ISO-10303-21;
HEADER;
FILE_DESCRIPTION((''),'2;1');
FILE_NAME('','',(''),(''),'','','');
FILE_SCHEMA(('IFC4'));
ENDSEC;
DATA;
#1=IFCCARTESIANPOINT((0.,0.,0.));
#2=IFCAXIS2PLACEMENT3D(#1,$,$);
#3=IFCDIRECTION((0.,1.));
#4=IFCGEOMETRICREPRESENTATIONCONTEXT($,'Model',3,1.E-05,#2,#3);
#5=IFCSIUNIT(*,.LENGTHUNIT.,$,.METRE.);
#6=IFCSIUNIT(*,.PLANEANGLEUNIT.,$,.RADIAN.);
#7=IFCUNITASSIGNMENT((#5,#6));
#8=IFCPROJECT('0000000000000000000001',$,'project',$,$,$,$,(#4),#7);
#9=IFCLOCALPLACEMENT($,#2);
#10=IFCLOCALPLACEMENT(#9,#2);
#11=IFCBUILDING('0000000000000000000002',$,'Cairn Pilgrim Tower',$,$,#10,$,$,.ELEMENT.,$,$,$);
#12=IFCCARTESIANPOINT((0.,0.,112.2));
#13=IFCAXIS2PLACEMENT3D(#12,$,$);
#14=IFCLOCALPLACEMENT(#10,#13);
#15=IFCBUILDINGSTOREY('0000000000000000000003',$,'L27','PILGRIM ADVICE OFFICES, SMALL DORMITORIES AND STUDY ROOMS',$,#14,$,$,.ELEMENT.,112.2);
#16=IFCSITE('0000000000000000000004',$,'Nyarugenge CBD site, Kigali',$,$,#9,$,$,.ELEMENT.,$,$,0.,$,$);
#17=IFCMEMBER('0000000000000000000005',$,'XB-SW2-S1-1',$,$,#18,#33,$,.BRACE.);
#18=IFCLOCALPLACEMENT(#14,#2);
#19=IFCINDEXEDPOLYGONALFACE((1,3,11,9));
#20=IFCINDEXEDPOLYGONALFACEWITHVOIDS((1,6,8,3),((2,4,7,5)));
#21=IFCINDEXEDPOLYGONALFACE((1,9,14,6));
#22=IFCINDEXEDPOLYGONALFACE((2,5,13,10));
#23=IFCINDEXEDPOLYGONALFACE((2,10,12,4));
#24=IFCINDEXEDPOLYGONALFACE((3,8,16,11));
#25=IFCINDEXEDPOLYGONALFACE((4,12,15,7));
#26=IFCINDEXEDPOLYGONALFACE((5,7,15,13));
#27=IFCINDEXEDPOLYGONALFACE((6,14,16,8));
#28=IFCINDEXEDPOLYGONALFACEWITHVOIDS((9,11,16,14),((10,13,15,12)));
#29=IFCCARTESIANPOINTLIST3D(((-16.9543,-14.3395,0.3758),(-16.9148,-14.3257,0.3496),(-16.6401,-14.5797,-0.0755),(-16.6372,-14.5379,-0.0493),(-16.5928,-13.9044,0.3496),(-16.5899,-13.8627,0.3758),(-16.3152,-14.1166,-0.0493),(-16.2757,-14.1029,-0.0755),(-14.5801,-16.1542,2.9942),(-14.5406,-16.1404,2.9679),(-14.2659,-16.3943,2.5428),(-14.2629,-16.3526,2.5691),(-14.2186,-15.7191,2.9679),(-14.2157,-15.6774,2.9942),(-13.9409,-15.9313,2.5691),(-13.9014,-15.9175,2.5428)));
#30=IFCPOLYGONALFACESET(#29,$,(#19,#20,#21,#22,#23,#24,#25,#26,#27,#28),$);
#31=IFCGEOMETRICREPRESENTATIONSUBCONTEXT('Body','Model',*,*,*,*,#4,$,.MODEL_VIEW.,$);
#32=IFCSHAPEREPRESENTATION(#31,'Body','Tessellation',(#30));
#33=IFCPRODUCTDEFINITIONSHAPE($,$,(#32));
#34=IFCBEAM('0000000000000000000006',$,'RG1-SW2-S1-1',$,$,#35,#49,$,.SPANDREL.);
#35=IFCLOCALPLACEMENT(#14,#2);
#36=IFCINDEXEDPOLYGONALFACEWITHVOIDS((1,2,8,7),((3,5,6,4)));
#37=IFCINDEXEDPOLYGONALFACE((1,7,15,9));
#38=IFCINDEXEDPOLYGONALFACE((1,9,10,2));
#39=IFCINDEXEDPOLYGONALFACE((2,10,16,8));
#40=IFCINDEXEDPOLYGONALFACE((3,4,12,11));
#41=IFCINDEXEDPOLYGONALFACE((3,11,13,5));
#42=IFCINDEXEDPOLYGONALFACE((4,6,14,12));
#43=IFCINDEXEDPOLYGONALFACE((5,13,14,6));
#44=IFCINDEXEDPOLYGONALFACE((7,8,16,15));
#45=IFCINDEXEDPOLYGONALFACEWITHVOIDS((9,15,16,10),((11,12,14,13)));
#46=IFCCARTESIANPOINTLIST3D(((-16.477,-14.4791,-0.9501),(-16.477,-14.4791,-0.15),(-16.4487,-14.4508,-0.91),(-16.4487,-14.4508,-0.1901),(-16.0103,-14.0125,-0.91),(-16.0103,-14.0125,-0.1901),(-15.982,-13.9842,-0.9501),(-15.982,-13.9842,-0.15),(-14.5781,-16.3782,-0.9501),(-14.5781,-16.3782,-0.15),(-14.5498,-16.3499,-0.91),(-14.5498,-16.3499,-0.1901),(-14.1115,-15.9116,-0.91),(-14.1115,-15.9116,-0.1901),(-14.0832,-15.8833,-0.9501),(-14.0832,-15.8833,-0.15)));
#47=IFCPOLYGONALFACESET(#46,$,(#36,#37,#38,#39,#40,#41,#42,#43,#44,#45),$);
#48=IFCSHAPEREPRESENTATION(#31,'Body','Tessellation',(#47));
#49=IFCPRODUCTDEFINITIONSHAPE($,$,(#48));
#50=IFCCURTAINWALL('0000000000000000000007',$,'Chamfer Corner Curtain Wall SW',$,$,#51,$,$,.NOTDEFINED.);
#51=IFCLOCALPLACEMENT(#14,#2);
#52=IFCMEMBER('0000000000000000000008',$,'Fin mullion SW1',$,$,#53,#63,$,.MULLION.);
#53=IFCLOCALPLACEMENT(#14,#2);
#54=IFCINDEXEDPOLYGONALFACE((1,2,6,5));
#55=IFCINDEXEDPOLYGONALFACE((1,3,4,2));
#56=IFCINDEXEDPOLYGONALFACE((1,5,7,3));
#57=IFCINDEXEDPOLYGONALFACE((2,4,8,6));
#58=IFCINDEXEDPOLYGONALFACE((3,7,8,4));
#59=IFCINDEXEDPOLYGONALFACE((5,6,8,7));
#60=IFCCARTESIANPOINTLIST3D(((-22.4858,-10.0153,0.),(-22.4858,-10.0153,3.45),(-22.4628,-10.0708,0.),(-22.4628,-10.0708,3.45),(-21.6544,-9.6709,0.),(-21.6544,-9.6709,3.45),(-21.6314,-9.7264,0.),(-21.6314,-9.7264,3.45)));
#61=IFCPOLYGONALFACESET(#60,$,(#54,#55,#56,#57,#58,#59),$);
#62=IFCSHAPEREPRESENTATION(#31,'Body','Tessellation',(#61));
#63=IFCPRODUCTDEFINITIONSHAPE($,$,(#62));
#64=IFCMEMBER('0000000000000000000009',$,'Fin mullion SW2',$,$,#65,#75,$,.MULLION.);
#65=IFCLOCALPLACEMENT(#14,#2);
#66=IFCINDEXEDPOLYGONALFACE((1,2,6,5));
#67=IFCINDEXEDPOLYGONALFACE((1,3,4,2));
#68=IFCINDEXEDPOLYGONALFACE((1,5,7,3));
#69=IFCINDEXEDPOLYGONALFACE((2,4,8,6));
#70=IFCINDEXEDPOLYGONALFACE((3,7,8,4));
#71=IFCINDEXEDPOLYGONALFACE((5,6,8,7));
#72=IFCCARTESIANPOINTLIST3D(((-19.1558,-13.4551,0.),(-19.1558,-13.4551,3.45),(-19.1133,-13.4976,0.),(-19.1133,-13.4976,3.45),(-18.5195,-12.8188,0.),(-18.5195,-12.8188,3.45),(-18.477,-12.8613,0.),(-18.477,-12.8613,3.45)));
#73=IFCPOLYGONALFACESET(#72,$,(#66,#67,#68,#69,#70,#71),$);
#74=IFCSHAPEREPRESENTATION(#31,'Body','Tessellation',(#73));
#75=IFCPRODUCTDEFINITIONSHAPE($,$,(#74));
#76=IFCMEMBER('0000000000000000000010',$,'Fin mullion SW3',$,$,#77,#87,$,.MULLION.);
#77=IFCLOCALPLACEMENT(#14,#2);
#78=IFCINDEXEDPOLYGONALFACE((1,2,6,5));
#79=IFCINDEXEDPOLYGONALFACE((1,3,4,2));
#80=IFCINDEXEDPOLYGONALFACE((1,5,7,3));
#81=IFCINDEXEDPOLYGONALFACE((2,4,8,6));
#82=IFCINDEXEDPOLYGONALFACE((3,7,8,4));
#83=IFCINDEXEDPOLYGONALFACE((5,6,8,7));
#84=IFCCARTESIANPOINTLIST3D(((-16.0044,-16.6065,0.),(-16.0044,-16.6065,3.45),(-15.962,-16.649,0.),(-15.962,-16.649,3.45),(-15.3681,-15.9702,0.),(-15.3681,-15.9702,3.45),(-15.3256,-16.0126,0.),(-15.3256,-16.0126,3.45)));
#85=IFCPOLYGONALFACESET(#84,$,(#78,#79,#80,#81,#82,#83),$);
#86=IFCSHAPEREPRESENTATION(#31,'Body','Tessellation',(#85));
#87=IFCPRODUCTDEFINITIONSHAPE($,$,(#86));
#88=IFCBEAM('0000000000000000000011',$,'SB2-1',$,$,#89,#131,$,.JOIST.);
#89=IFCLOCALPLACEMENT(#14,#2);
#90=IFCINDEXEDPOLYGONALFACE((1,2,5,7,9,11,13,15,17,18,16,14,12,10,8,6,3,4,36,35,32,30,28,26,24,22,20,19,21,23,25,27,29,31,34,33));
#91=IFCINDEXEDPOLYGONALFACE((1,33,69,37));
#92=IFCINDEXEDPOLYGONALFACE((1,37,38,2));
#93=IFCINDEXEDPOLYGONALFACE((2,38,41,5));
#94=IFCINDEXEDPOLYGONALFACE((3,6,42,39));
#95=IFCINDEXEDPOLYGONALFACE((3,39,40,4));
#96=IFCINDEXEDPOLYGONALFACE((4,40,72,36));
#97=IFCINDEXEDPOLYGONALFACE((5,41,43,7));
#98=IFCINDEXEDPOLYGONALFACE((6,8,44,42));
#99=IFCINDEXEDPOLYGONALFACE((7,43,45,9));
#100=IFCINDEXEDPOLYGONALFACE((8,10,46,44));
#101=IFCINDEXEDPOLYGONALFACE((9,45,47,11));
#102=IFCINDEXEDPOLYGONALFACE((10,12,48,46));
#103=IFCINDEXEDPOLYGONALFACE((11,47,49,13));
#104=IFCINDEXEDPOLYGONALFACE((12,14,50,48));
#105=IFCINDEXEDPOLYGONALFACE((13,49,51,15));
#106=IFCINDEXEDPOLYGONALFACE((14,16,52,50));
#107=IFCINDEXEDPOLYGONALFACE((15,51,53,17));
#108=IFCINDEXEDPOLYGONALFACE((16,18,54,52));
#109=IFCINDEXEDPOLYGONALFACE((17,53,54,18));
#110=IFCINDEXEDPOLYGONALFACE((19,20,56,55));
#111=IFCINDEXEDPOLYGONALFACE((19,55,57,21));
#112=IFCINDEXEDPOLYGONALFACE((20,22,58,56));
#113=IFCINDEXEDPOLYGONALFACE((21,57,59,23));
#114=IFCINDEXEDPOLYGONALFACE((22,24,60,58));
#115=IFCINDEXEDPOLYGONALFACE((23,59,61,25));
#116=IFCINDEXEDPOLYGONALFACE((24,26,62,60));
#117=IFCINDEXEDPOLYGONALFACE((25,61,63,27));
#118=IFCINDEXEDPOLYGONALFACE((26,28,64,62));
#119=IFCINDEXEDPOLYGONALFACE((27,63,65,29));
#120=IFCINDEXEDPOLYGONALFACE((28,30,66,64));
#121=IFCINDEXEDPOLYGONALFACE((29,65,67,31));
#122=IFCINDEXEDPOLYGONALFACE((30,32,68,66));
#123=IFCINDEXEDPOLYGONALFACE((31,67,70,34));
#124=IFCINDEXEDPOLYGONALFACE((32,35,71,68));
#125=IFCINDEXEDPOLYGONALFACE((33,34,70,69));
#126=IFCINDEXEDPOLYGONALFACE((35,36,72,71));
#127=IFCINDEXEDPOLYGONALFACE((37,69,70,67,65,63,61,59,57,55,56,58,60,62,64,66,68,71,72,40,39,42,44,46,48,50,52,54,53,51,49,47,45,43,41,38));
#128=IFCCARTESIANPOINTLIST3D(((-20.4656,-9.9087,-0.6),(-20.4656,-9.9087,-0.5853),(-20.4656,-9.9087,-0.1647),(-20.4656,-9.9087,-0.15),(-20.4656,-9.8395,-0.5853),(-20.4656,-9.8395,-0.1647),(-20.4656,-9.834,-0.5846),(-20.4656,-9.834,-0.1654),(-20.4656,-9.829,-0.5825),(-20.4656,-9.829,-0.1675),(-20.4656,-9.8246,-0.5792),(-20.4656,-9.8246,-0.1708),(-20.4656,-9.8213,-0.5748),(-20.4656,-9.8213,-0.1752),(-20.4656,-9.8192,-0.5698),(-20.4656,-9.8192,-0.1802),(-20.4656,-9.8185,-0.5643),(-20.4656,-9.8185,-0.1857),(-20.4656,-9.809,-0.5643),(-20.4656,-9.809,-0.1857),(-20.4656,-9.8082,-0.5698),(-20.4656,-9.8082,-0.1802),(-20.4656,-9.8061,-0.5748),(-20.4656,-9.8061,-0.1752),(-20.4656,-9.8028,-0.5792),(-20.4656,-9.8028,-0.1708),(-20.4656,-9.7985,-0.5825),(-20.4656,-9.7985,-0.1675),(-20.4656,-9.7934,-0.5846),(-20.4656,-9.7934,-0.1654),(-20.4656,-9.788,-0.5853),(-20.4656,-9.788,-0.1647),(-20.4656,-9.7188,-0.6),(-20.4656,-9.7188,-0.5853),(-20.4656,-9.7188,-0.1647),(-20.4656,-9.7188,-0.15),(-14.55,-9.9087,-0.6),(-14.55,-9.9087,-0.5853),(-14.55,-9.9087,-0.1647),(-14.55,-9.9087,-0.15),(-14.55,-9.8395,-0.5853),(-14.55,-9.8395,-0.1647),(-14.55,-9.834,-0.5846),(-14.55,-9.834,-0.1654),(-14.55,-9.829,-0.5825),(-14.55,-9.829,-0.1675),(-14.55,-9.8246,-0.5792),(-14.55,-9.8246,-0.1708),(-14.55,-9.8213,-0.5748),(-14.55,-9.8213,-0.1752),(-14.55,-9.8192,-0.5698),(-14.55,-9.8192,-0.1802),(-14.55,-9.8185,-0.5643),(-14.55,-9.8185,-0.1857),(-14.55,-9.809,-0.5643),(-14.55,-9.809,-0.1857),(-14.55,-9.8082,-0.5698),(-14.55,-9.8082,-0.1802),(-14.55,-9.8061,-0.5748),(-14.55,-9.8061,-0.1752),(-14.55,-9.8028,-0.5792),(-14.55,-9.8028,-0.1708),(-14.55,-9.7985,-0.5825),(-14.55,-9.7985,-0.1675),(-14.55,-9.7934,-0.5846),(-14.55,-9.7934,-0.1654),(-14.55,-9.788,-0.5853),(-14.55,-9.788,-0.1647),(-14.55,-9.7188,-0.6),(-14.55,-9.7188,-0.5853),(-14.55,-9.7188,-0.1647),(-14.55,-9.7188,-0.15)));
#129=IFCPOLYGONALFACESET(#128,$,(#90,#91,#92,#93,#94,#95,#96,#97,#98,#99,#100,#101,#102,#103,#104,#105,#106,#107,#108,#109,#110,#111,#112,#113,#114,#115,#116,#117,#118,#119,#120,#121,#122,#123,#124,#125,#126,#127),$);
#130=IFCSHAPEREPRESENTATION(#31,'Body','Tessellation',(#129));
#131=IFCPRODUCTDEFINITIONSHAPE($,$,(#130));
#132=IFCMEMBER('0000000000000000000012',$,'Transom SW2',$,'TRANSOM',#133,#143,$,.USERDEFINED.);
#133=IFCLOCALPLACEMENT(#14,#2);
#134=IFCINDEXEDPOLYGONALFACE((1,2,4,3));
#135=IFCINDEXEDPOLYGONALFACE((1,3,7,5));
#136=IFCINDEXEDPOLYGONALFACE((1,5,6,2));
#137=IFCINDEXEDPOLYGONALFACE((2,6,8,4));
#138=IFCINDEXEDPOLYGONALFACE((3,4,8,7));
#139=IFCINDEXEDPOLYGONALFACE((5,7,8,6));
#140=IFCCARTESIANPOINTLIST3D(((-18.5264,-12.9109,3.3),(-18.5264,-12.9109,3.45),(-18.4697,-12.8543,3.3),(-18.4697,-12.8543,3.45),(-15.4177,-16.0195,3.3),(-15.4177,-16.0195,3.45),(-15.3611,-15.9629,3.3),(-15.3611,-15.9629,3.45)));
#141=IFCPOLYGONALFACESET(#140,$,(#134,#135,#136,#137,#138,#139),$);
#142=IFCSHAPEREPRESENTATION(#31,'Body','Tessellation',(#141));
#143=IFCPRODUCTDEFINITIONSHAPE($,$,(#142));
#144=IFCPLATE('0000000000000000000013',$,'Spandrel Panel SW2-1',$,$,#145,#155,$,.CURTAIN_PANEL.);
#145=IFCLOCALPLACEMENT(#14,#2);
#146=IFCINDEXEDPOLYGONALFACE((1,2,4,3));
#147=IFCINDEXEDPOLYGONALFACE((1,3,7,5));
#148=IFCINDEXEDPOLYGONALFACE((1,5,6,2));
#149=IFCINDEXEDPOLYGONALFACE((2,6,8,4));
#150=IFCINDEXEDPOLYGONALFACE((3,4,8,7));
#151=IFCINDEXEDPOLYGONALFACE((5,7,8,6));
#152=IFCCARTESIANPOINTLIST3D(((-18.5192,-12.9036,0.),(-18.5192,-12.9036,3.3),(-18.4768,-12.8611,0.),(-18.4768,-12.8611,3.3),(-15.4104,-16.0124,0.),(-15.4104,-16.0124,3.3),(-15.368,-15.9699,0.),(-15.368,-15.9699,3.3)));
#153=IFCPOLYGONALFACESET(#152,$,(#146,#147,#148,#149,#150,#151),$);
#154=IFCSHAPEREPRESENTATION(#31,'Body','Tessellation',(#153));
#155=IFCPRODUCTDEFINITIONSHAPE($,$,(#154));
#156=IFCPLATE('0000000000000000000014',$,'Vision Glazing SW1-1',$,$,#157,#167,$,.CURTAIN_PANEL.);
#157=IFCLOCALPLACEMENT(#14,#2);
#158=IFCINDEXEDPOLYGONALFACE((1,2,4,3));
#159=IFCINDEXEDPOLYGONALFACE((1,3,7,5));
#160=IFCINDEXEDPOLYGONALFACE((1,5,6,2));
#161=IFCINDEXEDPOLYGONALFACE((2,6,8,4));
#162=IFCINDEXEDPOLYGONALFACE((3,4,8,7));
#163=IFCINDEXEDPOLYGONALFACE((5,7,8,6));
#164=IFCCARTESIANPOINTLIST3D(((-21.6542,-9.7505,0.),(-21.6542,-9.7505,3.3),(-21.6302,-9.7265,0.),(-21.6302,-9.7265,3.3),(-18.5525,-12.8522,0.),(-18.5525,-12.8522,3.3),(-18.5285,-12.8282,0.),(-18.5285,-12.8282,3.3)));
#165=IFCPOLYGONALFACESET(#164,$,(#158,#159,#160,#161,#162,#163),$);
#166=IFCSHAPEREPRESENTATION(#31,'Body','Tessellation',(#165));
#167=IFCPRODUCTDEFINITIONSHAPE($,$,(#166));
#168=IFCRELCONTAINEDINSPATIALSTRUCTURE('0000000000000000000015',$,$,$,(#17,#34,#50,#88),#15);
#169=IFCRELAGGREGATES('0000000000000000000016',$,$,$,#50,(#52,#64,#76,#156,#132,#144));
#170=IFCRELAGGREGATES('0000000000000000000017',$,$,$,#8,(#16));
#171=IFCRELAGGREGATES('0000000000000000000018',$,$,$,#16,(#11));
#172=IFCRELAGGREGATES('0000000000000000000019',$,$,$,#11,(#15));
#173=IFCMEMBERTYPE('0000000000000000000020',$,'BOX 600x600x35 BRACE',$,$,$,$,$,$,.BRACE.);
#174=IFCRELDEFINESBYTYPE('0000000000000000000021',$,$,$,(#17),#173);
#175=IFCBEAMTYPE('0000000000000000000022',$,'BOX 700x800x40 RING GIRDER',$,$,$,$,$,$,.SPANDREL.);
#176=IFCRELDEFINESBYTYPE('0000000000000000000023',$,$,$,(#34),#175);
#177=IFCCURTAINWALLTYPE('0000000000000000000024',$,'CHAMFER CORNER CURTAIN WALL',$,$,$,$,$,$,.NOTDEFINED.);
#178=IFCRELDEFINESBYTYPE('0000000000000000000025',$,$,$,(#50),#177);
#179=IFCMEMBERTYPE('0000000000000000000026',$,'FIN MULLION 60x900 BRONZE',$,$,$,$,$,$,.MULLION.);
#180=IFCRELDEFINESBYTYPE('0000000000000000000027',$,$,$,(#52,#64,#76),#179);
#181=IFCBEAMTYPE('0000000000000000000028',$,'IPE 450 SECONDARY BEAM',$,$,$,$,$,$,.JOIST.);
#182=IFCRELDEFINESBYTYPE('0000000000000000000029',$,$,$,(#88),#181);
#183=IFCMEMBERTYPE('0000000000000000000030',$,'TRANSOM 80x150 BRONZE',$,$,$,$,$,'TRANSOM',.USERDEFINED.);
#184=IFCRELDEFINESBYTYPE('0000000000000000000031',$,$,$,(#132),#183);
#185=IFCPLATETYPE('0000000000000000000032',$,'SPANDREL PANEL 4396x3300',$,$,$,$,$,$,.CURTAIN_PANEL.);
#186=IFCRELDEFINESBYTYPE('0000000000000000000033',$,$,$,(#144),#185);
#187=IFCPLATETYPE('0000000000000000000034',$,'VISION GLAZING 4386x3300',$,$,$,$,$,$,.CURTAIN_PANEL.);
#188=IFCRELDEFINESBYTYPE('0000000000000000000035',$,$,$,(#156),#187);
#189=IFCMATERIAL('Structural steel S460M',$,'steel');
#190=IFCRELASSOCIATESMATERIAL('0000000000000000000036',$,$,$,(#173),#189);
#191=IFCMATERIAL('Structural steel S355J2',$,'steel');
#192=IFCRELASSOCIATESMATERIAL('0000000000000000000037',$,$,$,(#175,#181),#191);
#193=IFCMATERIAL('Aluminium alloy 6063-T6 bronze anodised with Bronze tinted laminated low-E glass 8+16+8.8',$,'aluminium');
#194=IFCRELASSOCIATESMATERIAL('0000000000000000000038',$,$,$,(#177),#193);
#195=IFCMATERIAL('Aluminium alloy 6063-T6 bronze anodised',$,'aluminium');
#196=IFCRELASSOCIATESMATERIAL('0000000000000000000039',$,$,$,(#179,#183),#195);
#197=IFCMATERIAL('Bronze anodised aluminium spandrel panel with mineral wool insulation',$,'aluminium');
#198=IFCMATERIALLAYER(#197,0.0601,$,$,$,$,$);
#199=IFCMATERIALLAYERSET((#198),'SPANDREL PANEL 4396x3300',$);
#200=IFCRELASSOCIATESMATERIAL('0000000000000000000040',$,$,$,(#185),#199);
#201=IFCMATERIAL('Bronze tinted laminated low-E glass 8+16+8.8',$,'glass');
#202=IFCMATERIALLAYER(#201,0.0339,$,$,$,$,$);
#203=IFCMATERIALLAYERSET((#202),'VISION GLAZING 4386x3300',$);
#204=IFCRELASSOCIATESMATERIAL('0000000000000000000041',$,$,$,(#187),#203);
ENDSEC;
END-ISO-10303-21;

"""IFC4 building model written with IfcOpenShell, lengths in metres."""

from ifc_helpers import new_model, si_unit, direction, frame, origin, origin_2d, place, context, subcontext, project, spatial, rectangle, hollow_rectangle, i_section, extrude, material, layer, layer_set, material_profile, profile_set, type_object, element, aggregate, save


model = new_model("IFC4")

# Units and contexts
model_context = context("Model", 3, precision=1e-05, world=origin(), true_north=direction((0.0, 1.0)))
body_context = subcontext(model_context, "Body", "Model", "MODEL_VIEW")
ifc_project = project(units=[si_unit("LENGTHUNIT", "METRE"), si_unit("PLANEANGLEUNIT", "RADIAN")], contexts=[model_context])

# Site, building, storey
site_placement = place(None, origin())
site = spatial("IfcSite", under=ifc_project, at=site_placement, Name="Nyarugenge CBD site, Kigali", CompositionType="ELEMENT", RefElevation=0.0)
building_placement = place(site_placement, origin())
building = spatial("IfcBuilding", under=site, at=building_placement, Name="Cairn Pilgrim Tower", CompositionType="ELEMENT")
storey_placement = place(building_placement, frame((0.0, 0.0, 112.2)))
storey = spatial("IfcBuildingStorey", under=building, at=storey_placement, Name="L27", Description="PILGRIM ADVICE OFFICES, SMALL DORMITORIES AND STUDY ROOMS", CompositionType="ELEMENT", Elevation=112.2)

# Shared definitions
ifc_material_1 = material(Name="Structural steel S460M", Category="steel")

# Member
ifc_material_profile_1 = material_profile(ifc_material_1, hollow_rectangle(XDim=0.6001, YDim=0.6001, WallThickness=0.0349, at=origin_2d()), Name="BOX 600x600x35")
ifc_profile_set_1 = profile_set([ifc_material_profile_1], Name="Structural steel S460M")
member_type_1 = type_object("IfcMemberType", Name="BOX 600x600x35 BRACE", PredefinedType="BRACE", material=ifc_profile_set_1)
member_1_placement = place(storey_placement, frame((-16.615, -14.2212, 0.1501), z_axis=(0.59757, -0.456734, 0.659017), x_axis=(0.607256, 0.794506, 0.0)))
element("IfcMember", 1, at=member_1_placement, inside=storey, type_object=member_type_1, Name="XB-SW2-S1-1", PredefinedType="BRACE", context=body_context, shape_type="SweptSolid", body=[
    extrude(hollow_rectangle(XDim=0.6001, YDim=0.6001, WallThickness=0.0349, at=origin_2d()), origin(), (0.0, 0.0, 1.0), 3.9731),
])

# Beam
ifc_material_2 = material(Name="Structural steel S355J2", Category="steel")
ifc_material_profile_2 = material_profile(ifc_material_2, hollow_rectangle(XDim=0.7, YDim=0.8, WallThickness=0.04, at=origin_2d()), Name="BOX 700x800x40")
ifc_profile_set_2 = profile_set([ifc_material_profile_2], Name="Structural steel S355J2")
beam_type_1 = type_object("IfcBeamType", Name="BOX 700x800x40 RING GIRDER", PredefinedType="SPANDREL", material=ifc_profile_set_2)
beam_1_placement = place(storey_placement, frame((-16.2295, -14.2317, -0.55), z_axis=(0.707061, -0.707152, 0.0), x_axis=(0.707152, 0.707061, 0.0)))
element("IfcBeam", 2, at=beam_1_placement, inside=storey, type_object=beam_type_1, Name="RG1-SW2-S1-1", PredefinedType="SPANDREL", context=body_context, shape_type="SweptSolid", body=[
    extrude(hollow_rectangle(XDim=0.7, YDim=0.8, WallThickness=0.04, at=origin_2d()), origin(), (0.0, 0.0, 1.0), 2.6855),
])

# Curtain wall, members
ifc_material_3 = material(Name="Aluminium alloy 6063-T6 bronze anodised with Bronze tinted laminated low-E glass 8+16+8.8", Category="aluminium")
curtain_wall_type = type_object("IfcCurtainWallType", Name="CHAMFER CORNER CURTAIN WALL", PredefinedType="NOTDEFINED", material=ifc_material_3)
curtain_wall_placement = place(storey_placement, origin())
curtain_wall = element("IfcCurtainWall", 3, at=curtain_wall_placement, inside=storey, type_object=curtain_wall_type, Name="Chamfer Corner Curtain Wall SW", PredefinedType="NOTDEFINED")
ifc_material_4 = material(Name="Aluminium alloy 6063-T6 bronze anodised", Category="aluminium")
ifc_material_profile_3 = material_profile(ifc_material_4, rectangle(XDim=0.8999, YDim=0.0601, at=origin_2d()), Name="FIN MULLION 60x900 BRONZE")
ifc_profile_set_3 = profile_set([ifc_material_profile_3], Name="Aluminium alloy 6063-T6 bronze anodised")
member_type_2 = type_object("IfcMemberType", Name="FIN MULLION 60x900 BRONZE", PredefinedType="MULLION", material=ifc_profile_set_3)
member_2_placement = place(storey_placement, frame((-22.0586, -9.8708, 0.0), z_axis=(0.0, 0.0, 1.0), x_axis=(-0.92388, -0.382683, 0.0)))
member_2 = element("IfcMember", 4, at=member_2_placement, type_object=member_type_2, Name="Fin mullion SW1", PredefinedType="MULLION", context=body_context, shape_type="SweptSolid", body=[
    extrude(rectangle(XDim=0.8999, YDim=0.0601, at=origin_2d()), origin(), (0.0, 0.0, 1.0), 3.45),
])
member_3_placement = place(storey_placement, frame((-18.8164, -13.1582, 0.0), z_axis=(0.0, 0.0, 1.0), x_axis=(-0.707107, -0.707107, 0.0)))
member_3 = element("IfcMember", 5, at=member_3_placement, type_object=member_type_2, Name="Fin mullion SW2", PredefinedType="MULLION", context=body_context, shape_type="SweptSolid", body=[
    extrude(rectangle(XDim=0.8999, YDim=0.0601, at=origin_2d()), origin(), (0.0, 0.0, 1.0), 3.45),
])
member_4_placement = place(storey_placement, frame((-15.665, -16.3096, 0.0), z_axis=(0.0, 0.0, 1.0), x_axis=(-0.707107, -0.707107, 0.0)))
member_4 = element("IfcMember", 6, at=member_4_placement, type_object=member_type_2, Name="Fin mullion SW3", PredefinedType="MULLION", context=body_context, shape_type="SweptSolid", body=[
    extrude(rectangle(XDim=0.8999, YDim=0.0601, at=origin_2d()), origin(), (0.0, 0.0, 1.0), 3.45),
])

# Beam
ifc_material_profile_4 = material_profile(ifc_material_2, i_section(OverallWidth=0.1899, OverallDepth=0.45, WebThickness=0.0095, FlangeThickness=0.0146, FilletRadius=0.021, at=origin_2d()), Name="IPE 450")
ifc_profile_set_4 = profile_set([ifc_material_profile_4], Name="Structural steel S355J2")
beam_type_2 = type_object("IfcBeamType", Name="IPE 450 SECONDARY BEAM", PredefinedType="JOIST", material=ifc_profile_set_4)
beam_2_placement = place(storey_placement, frame((-20.4656, -9.8137, -0.375), z_axis=(1.0, 0.0, 0.0), x_axis=(0.0, 1.0, 0.0)))
element("IfcBeam", 7, at=beam_2_placement, inside=storey, type_object=beam_type_2, Name="SB2-1", PredefinedType="JOIST", context=body_context, shape_type="SweptSolid", body=[
    extrude(i_section(OverallWidth=0.1899, OverallDepth=0.45, WebThickness=0.0095, FlangeThickness=0.0146, FilletRadius=0.021, at=origin_2d()), origin(), (0.0, 0.0, 1.0), 5.9155),
])

# Member
ifc_material_profile_5 = material_profile(ifc_material_4, rectangle(XDim=0.0801, YDim=0.1499, at=origin_2d()), Name="TRANSOM 80x150 BRONZE")
ifc_profile_set_5 = profile_set([ifc_material_profile_5], Name="Aluminium alloy 6063-T6 bronze anodised")
member_type_3 = type_object("IfcMemberType", Name="TRANSOM 80x150 BRONZE", ElementType="TRANSOM", PredefinedType="USERDEFINED", material=ifc_profile_set_5)
member_5_placement = place(storey_placement, frame((-18.498, -12.8826, 3.375), z_axis=(0.707107, -0.707107, 0.0), x_axis=(0.707107, 0.707107, 0.0)))
member_5 = element("IfcMember", 8, at=member_5_placement, type_object=member_type_3, Name="Transom SW2", ObjectType="TRANSOM", PredefinedType="USERDEFINED", context=body_context, shape_type="SweptSolid", body=[
    extrude(rectangle(XDim=0.0801, YDim=0.1499, at=origin_2d()), origin(), (0.0, 0.0, 1.0), 4.3962),
])

# Plates
ifc_material_5 = material(Name="Bronze anodised aluminium spandrel panel with mineral wool insulation", Category="aluminium")
ifc_layer_1 = layer(ifc_material_5, 0.0601)
ifc_layer_set_1 = layer_set([ifc_layer_1], Name="SPANDREL PANEL 4396x3300")
plate_type_1 = type_object("IfcPlateType", Name="SPANDREL PANEL 4396x3300", PredefinedType="CURTAIN_PANEL", material=ifc_layer_set_1)
plate_1_placement = place(storey_placement, frame((-16.9436, -14.4368, 0.0), z_axis=(0.0, 0.0, 1.0), x_axis=(0.707107, -0.707107, 0.0)))
plate_1 = element("IfcPlate", 9, at=plate_1_placement, type_object=plate_type_1, Name="Spandrel Panel SW2-1", PredefinedType="CURTAIN_PANEL", context=body_context, shape_type="SweptSolid", body=[
    extrude(rectangle(XDim=4.3965, YDim=0.0601, at=origin_2d()), origin(), (0.0, 0.0, 1.0), 3.3),
])
ifc_material_6 = material(Name="Bronze tinted laminated low-E glass 8+16+8.8", Category="glass")
ifc_layer_2 = layer(ifc_material_6, 0.0339)
ifc_layer_set_2 = layer_set([ifc_layer_2], Name="VISION GLAZING 4386x3300")
plate_type_2 = type_object("IfcPlateType", Name="VISION GLAZING 4386x3300", PredefinedType="CURTAIN_PANEL", material=ifc_layer_set_2)
plate_2_placement = place(storey_placement, frame((-20.0913, -11.2893, 0.0), z_axis=(0.0, 0.0, 1.0), x_axis=(0.707107, -0.707107, 0.0)))
plate_2 = element("IfcPlate", 10, at=plate_2_placement, type_object=plate_type_2, Name="Vision Glazing SW1-1", PredefinedType="CURTAIN_PANEL", context=body_context, shape_type="SweptSolid", body=[
    extrude(rectangle(XDim=4.3865, YDim=0.0339, at=origin_2d()), origin(), (0.0, 0.0, 1.0), 3.3),
])
aggregate(curtain_wall, [member_2, member_3, member_4, plate_2, member_5, plate_1])

save(model, "model.ifc")
